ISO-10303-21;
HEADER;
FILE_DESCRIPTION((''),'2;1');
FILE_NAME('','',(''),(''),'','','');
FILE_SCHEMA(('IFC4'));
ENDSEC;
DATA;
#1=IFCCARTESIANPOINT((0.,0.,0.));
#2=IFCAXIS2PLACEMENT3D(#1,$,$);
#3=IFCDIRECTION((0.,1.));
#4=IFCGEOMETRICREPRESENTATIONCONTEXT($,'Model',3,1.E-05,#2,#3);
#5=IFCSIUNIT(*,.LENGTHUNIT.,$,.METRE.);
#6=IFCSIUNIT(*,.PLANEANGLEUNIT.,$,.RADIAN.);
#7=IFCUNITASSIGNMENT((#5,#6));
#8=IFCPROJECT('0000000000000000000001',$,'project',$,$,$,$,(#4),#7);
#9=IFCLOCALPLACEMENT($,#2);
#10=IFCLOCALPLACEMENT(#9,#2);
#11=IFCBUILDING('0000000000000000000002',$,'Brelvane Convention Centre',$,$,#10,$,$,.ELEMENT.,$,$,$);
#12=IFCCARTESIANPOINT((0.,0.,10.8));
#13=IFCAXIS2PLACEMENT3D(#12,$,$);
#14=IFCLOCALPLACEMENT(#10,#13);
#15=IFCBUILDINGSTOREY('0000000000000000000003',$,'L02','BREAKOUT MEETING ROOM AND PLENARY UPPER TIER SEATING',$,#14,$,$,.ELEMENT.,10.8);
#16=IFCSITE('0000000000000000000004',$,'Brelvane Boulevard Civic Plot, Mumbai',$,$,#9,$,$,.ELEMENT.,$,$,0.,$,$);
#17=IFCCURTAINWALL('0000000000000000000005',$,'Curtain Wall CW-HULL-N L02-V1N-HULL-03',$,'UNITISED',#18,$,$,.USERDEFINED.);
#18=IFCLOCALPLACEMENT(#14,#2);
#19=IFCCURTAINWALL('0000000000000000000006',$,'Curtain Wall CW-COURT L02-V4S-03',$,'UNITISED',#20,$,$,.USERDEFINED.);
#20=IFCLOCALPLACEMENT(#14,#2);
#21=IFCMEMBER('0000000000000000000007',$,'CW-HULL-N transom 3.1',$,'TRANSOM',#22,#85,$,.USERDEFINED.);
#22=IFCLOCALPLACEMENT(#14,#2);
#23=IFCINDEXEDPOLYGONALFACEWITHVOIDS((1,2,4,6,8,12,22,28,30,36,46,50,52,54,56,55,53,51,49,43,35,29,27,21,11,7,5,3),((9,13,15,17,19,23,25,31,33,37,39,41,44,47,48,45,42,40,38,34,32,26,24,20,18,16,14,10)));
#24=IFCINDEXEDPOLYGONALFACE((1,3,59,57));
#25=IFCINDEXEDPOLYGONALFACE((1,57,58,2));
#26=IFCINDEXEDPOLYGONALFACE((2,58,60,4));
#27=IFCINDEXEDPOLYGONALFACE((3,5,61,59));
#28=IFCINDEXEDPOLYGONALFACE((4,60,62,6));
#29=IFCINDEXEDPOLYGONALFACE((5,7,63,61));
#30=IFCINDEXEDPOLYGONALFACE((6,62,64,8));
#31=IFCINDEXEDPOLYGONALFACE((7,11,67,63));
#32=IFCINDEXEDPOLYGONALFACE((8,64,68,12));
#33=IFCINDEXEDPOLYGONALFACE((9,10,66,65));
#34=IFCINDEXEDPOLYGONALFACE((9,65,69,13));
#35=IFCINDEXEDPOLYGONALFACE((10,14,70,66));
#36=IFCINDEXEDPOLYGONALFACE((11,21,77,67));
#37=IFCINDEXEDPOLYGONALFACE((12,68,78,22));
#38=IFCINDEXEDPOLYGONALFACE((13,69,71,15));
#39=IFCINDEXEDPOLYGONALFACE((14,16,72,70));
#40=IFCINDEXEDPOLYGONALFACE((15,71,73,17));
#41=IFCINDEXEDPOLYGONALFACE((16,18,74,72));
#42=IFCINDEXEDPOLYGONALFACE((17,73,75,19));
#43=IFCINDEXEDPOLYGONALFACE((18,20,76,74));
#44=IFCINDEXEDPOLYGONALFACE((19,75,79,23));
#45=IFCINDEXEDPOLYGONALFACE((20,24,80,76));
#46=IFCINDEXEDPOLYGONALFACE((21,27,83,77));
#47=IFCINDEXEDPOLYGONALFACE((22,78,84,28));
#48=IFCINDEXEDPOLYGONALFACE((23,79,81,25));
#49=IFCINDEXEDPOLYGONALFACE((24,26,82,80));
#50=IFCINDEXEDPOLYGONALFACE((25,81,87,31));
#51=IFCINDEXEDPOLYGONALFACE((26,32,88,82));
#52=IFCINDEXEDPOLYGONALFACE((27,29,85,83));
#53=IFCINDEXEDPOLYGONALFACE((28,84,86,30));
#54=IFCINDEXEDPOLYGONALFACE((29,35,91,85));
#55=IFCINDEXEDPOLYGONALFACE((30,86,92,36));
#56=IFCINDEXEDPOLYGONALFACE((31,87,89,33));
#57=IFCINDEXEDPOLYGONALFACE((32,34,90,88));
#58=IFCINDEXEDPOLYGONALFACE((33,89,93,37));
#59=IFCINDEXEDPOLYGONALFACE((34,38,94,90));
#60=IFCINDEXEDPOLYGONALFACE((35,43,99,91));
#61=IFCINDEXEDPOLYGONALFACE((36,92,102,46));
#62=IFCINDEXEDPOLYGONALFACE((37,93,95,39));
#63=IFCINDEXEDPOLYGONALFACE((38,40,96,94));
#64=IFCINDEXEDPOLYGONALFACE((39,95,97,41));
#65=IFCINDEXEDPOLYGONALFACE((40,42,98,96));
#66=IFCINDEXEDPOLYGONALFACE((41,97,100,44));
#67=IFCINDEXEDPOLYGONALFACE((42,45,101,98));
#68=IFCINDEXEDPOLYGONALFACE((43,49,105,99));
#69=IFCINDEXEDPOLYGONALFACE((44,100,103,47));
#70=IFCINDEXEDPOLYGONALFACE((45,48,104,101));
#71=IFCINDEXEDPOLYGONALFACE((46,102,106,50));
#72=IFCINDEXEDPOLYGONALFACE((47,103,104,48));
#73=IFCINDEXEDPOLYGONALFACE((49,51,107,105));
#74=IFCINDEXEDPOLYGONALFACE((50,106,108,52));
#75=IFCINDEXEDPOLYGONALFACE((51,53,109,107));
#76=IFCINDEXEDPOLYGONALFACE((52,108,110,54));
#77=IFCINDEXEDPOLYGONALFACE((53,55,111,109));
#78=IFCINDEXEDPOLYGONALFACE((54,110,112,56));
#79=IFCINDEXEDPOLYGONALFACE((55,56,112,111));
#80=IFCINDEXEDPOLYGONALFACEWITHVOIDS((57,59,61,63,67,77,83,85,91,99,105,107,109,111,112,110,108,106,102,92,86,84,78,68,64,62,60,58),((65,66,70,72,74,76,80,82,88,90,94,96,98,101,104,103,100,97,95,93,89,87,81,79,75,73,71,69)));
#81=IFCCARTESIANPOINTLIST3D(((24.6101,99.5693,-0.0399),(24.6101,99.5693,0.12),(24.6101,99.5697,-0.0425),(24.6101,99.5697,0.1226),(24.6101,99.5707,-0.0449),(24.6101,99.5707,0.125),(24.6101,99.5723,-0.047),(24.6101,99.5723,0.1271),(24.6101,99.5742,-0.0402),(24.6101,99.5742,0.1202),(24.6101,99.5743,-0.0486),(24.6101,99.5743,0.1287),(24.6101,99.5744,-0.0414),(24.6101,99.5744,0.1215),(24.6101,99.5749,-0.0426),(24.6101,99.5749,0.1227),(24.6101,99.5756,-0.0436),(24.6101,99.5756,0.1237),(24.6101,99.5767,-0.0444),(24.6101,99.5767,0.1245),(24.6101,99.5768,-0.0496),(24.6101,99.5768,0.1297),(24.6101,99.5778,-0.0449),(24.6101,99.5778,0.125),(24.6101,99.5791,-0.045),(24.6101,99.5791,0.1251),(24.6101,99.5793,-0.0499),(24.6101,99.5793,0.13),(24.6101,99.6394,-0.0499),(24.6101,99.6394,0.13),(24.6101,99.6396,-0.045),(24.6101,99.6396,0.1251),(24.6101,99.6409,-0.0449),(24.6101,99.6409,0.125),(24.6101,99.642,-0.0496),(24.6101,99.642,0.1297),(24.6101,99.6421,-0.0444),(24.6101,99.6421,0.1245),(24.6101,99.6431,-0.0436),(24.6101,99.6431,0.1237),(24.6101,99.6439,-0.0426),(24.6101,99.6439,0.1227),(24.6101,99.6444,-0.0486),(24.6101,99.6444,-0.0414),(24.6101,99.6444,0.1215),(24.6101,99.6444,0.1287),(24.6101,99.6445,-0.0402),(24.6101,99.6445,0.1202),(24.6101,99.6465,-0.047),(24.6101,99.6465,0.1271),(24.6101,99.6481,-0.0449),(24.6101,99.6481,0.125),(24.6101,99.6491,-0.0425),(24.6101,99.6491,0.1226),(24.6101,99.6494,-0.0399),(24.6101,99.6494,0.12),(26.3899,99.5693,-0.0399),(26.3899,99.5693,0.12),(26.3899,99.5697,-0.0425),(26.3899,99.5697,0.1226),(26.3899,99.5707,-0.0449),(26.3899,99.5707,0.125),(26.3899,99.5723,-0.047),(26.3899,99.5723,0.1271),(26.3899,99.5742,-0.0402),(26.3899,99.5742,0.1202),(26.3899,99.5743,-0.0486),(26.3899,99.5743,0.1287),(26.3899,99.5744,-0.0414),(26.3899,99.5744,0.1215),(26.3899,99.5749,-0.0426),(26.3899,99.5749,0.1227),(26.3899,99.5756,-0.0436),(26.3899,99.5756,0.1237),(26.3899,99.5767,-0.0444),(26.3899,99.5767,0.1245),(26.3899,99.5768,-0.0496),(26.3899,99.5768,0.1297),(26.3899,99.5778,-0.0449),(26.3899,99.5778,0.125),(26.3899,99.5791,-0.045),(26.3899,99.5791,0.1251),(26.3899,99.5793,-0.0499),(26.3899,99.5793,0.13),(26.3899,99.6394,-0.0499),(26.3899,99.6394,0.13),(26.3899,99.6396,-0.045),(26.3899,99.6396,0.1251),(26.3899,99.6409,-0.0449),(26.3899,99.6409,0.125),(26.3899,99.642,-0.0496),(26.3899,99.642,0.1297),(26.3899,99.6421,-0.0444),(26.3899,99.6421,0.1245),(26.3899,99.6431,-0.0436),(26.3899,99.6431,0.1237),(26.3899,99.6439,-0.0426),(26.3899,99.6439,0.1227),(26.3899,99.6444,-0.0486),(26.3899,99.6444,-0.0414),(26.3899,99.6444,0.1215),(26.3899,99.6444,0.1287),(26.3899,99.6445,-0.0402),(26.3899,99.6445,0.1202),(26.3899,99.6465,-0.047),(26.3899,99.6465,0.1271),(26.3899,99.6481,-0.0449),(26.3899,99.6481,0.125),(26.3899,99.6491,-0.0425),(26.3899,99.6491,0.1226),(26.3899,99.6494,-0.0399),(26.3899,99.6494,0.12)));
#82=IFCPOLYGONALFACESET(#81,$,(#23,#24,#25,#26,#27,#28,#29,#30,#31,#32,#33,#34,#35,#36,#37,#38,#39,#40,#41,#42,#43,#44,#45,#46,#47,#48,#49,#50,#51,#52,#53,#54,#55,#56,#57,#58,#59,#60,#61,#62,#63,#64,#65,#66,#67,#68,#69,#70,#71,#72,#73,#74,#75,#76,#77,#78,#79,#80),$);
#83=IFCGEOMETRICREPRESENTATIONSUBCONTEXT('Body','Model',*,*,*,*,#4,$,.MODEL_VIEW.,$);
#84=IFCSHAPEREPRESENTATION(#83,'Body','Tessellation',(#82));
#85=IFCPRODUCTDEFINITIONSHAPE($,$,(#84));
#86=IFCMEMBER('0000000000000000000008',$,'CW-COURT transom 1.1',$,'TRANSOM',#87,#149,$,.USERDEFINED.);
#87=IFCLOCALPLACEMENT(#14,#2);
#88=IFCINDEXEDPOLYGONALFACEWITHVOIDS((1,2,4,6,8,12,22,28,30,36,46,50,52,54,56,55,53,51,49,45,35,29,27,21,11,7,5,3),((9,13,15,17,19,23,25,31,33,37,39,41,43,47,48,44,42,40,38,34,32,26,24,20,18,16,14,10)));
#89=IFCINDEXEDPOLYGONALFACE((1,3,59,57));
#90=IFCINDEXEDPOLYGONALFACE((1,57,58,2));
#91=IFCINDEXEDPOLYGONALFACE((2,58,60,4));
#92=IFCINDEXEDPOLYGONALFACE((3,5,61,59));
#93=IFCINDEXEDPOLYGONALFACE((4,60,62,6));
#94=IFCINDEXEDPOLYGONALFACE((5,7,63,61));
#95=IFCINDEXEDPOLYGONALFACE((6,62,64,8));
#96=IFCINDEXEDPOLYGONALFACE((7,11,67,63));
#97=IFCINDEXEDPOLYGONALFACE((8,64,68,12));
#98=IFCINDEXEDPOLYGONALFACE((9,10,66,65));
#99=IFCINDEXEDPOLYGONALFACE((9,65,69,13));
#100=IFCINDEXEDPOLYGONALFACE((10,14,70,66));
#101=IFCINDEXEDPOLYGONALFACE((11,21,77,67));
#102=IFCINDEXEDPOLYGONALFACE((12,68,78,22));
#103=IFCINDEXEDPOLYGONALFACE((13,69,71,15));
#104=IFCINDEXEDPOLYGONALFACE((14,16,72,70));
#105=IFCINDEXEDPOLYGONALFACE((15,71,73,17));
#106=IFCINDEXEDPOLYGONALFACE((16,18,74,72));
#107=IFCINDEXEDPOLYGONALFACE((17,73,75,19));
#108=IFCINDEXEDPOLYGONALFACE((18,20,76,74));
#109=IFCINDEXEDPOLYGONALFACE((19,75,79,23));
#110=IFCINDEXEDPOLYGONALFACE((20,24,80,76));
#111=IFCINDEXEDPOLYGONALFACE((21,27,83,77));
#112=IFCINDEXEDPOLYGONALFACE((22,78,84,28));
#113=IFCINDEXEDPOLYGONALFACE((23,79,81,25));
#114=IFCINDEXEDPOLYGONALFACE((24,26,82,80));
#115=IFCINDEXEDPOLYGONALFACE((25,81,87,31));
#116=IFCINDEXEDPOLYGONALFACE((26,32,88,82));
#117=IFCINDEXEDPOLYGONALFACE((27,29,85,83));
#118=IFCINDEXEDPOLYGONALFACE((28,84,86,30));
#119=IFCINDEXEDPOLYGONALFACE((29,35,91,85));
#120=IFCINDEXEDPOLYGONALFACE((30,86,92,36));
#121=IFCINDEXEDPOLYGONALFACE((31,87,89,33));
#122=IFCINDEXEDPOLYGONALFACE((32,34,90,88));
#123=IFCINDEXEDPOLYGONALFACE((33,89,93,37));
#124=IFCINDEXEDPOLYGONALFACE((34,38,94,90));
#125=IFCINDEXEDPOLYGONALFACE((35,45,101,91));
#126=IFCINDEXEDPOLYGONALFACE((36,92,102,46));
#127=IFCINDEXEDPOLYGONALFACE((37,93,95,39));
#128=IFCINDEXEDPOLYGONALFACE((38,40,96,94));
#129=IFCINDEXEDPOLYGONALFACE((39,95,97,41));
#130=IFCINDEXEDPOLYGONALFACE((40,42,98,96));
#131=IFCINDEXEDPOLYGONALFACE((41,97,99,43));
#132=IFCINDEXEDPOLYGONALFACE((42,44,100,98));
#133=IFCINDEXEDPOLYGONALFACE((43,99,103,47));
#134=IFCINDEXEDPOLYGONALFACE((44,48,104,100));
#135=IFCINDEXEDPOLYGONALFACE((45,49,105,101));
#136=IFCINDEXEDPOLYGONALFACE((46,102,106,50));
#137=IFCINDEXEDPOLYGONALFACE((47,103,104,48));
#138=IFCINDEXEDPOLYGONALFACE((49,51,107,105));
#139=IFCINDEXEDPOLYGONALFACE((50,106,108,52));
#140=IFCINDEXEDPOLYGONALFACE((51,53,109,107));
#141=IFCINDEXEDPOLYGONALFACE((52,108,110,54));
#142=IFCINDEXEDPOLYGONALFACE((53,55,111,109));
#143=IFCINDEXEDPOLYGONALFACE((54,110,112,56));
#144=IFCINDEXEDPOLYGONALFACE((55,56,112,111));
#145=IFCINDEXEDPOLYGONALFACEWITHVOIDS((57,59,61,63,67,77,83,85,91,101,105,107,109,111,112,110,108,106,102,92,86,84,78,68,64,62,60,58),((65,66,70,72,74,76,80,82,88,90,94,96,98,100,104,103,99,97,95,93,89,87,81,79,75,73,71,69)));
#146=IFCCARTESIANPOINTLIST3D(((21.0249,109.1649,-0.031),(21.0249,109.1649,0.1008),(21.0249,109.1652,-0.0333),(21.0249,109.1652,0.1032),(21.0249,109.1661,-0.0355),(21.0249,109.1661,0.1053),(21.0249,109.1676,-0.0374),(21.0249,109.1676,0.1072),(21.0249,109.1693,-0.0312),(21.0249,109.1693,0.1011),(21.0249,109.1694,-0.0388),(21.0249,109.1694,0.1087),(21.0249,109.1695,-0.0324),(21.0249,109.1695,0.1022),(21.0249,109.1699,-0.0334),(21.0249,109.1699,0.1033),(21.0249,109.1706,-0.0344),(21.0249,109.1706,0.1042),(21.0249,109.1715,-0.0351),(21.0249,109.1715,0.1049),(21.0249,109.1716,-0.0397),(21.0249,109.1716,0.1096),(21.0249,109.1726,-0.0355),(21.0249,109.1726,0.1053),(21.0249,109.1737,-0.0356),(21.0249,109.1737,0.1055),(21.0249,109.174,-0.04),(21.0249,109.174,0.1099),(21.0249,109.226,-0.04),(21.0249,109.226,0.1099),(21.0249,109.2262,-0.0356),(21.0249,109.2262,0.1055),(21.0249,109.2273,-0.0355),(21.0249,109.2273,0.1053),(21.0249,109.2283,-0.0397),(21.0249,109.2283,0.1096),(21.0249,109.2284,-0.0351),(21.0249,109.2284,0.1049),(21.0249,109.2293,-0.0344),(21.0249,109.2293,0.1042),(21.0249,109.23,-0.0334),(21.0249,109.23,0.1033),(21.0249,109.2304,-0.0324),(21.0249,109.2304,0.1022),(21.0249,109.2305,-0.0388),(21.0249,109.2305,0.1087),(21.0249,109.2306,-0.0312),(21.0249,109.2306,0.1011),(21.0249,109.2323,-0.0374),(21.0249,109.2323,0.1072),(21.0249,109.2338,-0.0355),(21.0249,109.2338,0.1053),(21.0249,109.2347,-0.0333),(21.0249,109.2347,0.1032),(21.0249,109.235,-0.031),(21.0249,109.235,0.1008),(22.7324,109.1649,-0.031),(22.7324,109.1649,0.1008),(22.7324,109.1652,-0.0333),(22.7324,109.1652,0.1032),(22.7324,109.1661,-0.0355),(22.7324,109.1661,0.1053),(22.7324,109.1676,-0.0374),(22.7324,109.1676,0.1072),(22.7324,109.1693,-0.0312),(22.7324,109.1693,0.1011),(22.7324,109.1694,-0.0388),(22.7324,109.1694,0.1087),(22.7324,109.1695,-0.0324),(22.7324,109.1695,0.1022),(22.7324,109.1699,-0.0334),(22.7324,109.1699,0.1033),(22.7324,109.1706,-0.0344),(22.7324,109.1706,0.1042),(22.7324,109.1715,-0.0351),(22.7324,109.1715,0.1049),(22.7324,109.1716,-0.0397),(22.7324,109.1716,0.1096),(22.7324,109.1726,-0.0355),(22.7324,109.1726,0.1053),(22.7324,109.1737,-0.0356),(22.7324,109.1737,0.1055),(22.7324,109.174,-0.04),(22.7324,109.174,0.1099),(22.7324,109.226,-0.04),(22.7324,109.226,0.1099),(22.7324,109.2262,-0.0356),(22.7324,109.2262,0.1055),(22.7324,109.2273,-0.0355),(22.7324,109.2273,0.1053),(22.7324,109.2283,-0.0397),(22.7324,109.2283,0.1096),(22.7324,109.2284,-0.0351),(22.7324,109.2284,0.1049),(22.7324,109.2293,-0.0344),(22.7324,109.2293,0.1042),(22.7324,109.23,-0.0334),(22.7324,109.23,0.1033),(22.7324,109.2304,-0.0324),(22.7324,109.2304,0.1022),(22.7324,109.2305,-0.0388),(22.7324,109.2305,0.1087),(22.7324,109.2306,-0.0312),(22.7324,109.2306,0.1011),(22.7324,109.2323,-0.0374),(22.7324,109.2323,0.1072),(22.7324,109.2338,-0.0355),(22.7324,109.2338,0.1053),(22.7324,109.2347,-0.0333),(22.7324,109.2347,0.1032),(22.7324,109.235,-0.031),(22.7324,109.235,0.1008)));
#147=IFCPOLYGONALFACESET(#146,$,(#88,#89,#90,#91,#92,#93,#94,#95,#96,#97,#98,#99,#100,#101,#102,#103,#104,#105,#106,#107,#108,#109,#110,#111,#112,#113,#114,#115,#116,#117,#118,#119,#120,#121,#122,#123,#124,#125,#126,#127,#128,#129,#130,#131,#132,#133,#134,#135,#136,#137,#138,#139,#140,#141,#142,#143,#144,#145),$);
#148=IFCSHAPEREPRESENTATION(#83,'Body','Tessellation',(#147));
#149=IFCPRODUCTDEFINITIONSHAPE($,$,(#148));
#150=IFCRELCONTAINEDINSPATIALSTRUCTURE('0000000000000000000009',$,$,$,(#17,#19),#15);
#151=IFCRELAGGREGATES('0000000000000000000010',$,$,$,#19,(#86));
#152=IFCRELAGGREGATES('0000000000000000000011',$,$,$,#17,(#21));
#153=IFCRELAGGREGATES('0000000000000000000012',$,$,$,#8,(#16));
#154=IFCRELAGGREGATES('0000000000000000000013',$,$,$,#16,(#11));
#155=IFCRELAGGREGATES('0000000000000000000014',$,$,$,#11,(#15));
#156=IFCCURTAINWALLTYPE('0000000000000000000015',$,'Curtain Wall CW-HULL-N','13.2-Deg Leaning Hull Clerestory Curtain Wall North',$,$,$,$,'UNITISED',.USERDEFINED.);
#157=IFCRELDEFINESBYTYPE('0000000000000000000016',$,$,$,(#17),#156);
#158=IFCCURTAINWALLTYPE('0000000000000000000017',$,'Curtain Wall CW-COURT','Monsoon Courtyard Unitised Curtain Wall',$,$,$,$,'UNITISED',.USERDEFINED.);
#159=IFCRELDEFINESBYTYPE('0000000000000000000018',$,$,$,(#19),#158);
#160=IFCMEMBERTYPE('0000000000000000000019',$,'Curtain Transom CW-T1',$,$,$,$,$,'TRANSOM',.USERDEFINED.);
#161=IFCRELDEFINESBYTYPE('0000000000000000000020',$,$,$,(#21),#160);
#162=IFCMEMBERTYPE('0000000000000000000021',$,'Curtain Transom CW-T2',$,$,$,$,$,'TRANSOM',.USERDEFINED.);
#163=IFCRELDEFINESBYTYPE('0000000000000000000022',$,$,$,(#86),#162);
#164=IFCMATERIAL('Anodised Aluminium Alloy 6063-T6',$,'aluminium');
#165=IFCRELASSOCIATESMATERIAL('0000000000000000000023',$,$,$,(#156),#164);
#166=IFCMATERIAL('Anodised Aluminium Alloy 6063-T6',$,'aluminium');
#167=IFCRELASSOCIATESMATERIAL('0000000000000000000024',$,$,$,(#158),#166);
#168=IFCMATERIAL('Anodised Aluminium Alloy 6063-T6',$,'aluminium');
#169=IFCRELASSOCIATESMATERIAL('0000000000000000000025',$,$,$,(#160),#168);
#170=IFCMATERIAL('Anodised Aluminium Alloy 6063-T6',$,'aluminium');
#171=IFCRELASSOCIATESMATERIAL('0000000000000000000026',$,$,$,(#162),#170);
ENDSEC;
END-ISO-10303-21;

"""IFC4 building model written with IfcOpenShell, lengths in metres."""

from ifc_helpers import new_model, si_unit, direction, frame, origin, origin_2d, place, context, subcontext, project, spatial, hollow_rectangle, extrude, material, material_profile, profile_set, type_object, element, aggregate, save


model = new_model("IFC4")

# Units and contexts
model_context = context("Model", 3, precision=1e-05, world=origin(), true_north=direction((0.0, 1.0)))
body_context = subcontext(model_context, "Body", "Model", "MODEL_VIEW")
ifc_project = project(units=[si_unit("LENGTHUNIT", "METRE"), si_unit("PLANEANGLEUNIT", "RADIAN")], contexts=[model_context])

# Site, building, storey
site_placement = place(None, origin())
site = spatial("IfcSite", under=ifc_project, at=site_placement, Name="Brelvane Boulevard Civic Plot, Mumbai", CompositionType="ELEMENT", RefElevation=0.0)
building_placement = place(site_placement, origin())
building = spatial("IfcBuilding", under=site, at=building_placement, Name="Brelvane Convention Centre", CompositionType="ELEMENT")
storey_placement = place(building_placement, frame((0.0, 0.0, 10.8)))
storey = spatial("IfcBuildingStorey", under=building, at=storey_placement, Name="L02", Description="BREAKOUT MEETING ROOM AND PLENARY UPPER TIER SEATING", CompositionType="ELEMENT", Elevation=10.8)

# Curtain walls
ifc_material_1 = material(Name="Anodised Aluminium Alloy 6063-T6", Category="aluminium")
curtain_wall_type_1 = type_object("IfcCurtainWallType", Name="Curtain Wall CW-HULL-N", Description="13.2-Deg Leaning Hull Clerestory Curtain Wall North", ElementType="UNITISED", PredefinedType="USERDEFINED", material=ifc_material_1)
curtain_wall_1_placement = place(storey_placement, origin())
curtain_wall_1 = element("IfcCurtainWall", 1, at=curtain_wall_1_placement, inside=storey, type_object=curtain_wall_type_1, Name="Curtain Wall CW-HULL-N L02-V1N-HULL-03", ObjectType="UNITISED", PredefinedType="USERDEFINED")
ifc_material_2 = material(Name="Anodised Aluminium Alloy 6063-T6", Category="aluminium")
curtain_wall_type_2 = type_object("IfcCurtainWallType", Name="Curtain Wall CW-COURT", Description="Monsoon Courtyard Unitised Curtain Wall", ElementType="UNITISED", PredefinedType="USERDEFINED", material=ifc_material_2)
curtain_wall_2_placement = place(storey_placement, origin())
curtain_wall_2 = element("IfcCurtainWall", 2, at=curtain_wall_2_placement, inside=storey, type_object=curtain_wall_type_2, Name="Curtain Wall CW-COURT L02-V4S-03", ObjectType="UNITISED", PredefinedType="USERDEFINED")

# Members
ifc_material_3 = material(Name="Anodised Aluminium Alloy 6063-T6", Category="aluminium")
ifc_material_profile_1 = material_profile(ifc_material_3, hollow_rectangle(XDim=0.0801, YDim=0.1799, WallThickness=0.0049, InnerFilletRadius=0.0049, OuterFilletRadius=0.01, at=origin_2d()), Name="ALU-T 180x80x5.0")
ifc_profile_set_1 = profile_set([ifc_material_profile_1], Name="Anodised Aluminium Alloy 6063-T6")
member_type_1 = type_object("IfcMemberType", Name="Curtain Transom CW-T1", ElementType="TRANSOM", PredefinedType="USERDEFINED", material=ifc_profile_set_1)
member_1_placement = place(storey_placement, frame((24.6101, 99.6094, 0.04), z_axis=(1.0, 0.0, 0.0), x_axis=(0.0, 1.0, 0.0)))
member_1 = element("IfcMember", 3, at=member_1_placement, type_object=member_type_1, Name="CW-HULL-N transom 3.1", ObjectType="TRANSOM", PredefinedType="USERDEFINED", context=body_context, shape_type="SweptSolid", body=[
    extrude(hollow_rectangle(XDim=0.0801, YDim=0.1799, WallThickness=0.0049, InnerFilletRadius=0.0049, OuterFilletRadius=0.01, at=origin_2d()), origin(), (0.0, 0.0, 1.0), 1.7798),
])
ifc_material_4 = material(Name="Anodised Aluminium Alloy 6063-T6", Category="aluminium")
ifc_material_profile_2 = material_profile(ifc_material_4, hollow_rectangle(XDim=0.0701, YDim=0.1499, WallThickness=0.0044, InnerFilletRadius=0.0044, OuterFilletRadius=0.009, at=origin_2d()), Name="ALU-T 150x70x4.5")
ifc_profile_set_2 = profile_set([ifc_material_profile_2], Name="Anodised Aluminium Alloy 6063-T6")
member_type_2 = type_object("IfcMemberType", Name="Curtain Transom CW-T2", ElementType="TRANSOM", PredefinedType="USERDEFINED", material=ifc_profile_set_2)
member_2_placement = place(storey_placement, frame((21.0249, 109.2, 0.0349), z_axis=(1.0, 0.0, 0.0), x_axis=(0.0, 1.0, 0.0)))
member_2 = element("IfcMember", 4, at=member_2_placement, type_object=member_type_2, Name="CW-COURT transom 1.1", ObjectType="TRANSOM", PredefinedType="USERDEFINED", context=body_context, shape_type="SweptSolid", body=[
    extrude(hollow_rectangle(XDim=0.0701, YDim=0.1499, WallThickness=0.0044, InnerFilletRadius=0.0044, OuterFilletRadius=0.009, at=origin_2d()), origin(), (0.0, 0.0, 1.0), 1.7075),
])

aggregate(curtain_wall_2, [member_2])
aggregate(curtain_wall_1, [member_1])

save(model, "model.ifc")
